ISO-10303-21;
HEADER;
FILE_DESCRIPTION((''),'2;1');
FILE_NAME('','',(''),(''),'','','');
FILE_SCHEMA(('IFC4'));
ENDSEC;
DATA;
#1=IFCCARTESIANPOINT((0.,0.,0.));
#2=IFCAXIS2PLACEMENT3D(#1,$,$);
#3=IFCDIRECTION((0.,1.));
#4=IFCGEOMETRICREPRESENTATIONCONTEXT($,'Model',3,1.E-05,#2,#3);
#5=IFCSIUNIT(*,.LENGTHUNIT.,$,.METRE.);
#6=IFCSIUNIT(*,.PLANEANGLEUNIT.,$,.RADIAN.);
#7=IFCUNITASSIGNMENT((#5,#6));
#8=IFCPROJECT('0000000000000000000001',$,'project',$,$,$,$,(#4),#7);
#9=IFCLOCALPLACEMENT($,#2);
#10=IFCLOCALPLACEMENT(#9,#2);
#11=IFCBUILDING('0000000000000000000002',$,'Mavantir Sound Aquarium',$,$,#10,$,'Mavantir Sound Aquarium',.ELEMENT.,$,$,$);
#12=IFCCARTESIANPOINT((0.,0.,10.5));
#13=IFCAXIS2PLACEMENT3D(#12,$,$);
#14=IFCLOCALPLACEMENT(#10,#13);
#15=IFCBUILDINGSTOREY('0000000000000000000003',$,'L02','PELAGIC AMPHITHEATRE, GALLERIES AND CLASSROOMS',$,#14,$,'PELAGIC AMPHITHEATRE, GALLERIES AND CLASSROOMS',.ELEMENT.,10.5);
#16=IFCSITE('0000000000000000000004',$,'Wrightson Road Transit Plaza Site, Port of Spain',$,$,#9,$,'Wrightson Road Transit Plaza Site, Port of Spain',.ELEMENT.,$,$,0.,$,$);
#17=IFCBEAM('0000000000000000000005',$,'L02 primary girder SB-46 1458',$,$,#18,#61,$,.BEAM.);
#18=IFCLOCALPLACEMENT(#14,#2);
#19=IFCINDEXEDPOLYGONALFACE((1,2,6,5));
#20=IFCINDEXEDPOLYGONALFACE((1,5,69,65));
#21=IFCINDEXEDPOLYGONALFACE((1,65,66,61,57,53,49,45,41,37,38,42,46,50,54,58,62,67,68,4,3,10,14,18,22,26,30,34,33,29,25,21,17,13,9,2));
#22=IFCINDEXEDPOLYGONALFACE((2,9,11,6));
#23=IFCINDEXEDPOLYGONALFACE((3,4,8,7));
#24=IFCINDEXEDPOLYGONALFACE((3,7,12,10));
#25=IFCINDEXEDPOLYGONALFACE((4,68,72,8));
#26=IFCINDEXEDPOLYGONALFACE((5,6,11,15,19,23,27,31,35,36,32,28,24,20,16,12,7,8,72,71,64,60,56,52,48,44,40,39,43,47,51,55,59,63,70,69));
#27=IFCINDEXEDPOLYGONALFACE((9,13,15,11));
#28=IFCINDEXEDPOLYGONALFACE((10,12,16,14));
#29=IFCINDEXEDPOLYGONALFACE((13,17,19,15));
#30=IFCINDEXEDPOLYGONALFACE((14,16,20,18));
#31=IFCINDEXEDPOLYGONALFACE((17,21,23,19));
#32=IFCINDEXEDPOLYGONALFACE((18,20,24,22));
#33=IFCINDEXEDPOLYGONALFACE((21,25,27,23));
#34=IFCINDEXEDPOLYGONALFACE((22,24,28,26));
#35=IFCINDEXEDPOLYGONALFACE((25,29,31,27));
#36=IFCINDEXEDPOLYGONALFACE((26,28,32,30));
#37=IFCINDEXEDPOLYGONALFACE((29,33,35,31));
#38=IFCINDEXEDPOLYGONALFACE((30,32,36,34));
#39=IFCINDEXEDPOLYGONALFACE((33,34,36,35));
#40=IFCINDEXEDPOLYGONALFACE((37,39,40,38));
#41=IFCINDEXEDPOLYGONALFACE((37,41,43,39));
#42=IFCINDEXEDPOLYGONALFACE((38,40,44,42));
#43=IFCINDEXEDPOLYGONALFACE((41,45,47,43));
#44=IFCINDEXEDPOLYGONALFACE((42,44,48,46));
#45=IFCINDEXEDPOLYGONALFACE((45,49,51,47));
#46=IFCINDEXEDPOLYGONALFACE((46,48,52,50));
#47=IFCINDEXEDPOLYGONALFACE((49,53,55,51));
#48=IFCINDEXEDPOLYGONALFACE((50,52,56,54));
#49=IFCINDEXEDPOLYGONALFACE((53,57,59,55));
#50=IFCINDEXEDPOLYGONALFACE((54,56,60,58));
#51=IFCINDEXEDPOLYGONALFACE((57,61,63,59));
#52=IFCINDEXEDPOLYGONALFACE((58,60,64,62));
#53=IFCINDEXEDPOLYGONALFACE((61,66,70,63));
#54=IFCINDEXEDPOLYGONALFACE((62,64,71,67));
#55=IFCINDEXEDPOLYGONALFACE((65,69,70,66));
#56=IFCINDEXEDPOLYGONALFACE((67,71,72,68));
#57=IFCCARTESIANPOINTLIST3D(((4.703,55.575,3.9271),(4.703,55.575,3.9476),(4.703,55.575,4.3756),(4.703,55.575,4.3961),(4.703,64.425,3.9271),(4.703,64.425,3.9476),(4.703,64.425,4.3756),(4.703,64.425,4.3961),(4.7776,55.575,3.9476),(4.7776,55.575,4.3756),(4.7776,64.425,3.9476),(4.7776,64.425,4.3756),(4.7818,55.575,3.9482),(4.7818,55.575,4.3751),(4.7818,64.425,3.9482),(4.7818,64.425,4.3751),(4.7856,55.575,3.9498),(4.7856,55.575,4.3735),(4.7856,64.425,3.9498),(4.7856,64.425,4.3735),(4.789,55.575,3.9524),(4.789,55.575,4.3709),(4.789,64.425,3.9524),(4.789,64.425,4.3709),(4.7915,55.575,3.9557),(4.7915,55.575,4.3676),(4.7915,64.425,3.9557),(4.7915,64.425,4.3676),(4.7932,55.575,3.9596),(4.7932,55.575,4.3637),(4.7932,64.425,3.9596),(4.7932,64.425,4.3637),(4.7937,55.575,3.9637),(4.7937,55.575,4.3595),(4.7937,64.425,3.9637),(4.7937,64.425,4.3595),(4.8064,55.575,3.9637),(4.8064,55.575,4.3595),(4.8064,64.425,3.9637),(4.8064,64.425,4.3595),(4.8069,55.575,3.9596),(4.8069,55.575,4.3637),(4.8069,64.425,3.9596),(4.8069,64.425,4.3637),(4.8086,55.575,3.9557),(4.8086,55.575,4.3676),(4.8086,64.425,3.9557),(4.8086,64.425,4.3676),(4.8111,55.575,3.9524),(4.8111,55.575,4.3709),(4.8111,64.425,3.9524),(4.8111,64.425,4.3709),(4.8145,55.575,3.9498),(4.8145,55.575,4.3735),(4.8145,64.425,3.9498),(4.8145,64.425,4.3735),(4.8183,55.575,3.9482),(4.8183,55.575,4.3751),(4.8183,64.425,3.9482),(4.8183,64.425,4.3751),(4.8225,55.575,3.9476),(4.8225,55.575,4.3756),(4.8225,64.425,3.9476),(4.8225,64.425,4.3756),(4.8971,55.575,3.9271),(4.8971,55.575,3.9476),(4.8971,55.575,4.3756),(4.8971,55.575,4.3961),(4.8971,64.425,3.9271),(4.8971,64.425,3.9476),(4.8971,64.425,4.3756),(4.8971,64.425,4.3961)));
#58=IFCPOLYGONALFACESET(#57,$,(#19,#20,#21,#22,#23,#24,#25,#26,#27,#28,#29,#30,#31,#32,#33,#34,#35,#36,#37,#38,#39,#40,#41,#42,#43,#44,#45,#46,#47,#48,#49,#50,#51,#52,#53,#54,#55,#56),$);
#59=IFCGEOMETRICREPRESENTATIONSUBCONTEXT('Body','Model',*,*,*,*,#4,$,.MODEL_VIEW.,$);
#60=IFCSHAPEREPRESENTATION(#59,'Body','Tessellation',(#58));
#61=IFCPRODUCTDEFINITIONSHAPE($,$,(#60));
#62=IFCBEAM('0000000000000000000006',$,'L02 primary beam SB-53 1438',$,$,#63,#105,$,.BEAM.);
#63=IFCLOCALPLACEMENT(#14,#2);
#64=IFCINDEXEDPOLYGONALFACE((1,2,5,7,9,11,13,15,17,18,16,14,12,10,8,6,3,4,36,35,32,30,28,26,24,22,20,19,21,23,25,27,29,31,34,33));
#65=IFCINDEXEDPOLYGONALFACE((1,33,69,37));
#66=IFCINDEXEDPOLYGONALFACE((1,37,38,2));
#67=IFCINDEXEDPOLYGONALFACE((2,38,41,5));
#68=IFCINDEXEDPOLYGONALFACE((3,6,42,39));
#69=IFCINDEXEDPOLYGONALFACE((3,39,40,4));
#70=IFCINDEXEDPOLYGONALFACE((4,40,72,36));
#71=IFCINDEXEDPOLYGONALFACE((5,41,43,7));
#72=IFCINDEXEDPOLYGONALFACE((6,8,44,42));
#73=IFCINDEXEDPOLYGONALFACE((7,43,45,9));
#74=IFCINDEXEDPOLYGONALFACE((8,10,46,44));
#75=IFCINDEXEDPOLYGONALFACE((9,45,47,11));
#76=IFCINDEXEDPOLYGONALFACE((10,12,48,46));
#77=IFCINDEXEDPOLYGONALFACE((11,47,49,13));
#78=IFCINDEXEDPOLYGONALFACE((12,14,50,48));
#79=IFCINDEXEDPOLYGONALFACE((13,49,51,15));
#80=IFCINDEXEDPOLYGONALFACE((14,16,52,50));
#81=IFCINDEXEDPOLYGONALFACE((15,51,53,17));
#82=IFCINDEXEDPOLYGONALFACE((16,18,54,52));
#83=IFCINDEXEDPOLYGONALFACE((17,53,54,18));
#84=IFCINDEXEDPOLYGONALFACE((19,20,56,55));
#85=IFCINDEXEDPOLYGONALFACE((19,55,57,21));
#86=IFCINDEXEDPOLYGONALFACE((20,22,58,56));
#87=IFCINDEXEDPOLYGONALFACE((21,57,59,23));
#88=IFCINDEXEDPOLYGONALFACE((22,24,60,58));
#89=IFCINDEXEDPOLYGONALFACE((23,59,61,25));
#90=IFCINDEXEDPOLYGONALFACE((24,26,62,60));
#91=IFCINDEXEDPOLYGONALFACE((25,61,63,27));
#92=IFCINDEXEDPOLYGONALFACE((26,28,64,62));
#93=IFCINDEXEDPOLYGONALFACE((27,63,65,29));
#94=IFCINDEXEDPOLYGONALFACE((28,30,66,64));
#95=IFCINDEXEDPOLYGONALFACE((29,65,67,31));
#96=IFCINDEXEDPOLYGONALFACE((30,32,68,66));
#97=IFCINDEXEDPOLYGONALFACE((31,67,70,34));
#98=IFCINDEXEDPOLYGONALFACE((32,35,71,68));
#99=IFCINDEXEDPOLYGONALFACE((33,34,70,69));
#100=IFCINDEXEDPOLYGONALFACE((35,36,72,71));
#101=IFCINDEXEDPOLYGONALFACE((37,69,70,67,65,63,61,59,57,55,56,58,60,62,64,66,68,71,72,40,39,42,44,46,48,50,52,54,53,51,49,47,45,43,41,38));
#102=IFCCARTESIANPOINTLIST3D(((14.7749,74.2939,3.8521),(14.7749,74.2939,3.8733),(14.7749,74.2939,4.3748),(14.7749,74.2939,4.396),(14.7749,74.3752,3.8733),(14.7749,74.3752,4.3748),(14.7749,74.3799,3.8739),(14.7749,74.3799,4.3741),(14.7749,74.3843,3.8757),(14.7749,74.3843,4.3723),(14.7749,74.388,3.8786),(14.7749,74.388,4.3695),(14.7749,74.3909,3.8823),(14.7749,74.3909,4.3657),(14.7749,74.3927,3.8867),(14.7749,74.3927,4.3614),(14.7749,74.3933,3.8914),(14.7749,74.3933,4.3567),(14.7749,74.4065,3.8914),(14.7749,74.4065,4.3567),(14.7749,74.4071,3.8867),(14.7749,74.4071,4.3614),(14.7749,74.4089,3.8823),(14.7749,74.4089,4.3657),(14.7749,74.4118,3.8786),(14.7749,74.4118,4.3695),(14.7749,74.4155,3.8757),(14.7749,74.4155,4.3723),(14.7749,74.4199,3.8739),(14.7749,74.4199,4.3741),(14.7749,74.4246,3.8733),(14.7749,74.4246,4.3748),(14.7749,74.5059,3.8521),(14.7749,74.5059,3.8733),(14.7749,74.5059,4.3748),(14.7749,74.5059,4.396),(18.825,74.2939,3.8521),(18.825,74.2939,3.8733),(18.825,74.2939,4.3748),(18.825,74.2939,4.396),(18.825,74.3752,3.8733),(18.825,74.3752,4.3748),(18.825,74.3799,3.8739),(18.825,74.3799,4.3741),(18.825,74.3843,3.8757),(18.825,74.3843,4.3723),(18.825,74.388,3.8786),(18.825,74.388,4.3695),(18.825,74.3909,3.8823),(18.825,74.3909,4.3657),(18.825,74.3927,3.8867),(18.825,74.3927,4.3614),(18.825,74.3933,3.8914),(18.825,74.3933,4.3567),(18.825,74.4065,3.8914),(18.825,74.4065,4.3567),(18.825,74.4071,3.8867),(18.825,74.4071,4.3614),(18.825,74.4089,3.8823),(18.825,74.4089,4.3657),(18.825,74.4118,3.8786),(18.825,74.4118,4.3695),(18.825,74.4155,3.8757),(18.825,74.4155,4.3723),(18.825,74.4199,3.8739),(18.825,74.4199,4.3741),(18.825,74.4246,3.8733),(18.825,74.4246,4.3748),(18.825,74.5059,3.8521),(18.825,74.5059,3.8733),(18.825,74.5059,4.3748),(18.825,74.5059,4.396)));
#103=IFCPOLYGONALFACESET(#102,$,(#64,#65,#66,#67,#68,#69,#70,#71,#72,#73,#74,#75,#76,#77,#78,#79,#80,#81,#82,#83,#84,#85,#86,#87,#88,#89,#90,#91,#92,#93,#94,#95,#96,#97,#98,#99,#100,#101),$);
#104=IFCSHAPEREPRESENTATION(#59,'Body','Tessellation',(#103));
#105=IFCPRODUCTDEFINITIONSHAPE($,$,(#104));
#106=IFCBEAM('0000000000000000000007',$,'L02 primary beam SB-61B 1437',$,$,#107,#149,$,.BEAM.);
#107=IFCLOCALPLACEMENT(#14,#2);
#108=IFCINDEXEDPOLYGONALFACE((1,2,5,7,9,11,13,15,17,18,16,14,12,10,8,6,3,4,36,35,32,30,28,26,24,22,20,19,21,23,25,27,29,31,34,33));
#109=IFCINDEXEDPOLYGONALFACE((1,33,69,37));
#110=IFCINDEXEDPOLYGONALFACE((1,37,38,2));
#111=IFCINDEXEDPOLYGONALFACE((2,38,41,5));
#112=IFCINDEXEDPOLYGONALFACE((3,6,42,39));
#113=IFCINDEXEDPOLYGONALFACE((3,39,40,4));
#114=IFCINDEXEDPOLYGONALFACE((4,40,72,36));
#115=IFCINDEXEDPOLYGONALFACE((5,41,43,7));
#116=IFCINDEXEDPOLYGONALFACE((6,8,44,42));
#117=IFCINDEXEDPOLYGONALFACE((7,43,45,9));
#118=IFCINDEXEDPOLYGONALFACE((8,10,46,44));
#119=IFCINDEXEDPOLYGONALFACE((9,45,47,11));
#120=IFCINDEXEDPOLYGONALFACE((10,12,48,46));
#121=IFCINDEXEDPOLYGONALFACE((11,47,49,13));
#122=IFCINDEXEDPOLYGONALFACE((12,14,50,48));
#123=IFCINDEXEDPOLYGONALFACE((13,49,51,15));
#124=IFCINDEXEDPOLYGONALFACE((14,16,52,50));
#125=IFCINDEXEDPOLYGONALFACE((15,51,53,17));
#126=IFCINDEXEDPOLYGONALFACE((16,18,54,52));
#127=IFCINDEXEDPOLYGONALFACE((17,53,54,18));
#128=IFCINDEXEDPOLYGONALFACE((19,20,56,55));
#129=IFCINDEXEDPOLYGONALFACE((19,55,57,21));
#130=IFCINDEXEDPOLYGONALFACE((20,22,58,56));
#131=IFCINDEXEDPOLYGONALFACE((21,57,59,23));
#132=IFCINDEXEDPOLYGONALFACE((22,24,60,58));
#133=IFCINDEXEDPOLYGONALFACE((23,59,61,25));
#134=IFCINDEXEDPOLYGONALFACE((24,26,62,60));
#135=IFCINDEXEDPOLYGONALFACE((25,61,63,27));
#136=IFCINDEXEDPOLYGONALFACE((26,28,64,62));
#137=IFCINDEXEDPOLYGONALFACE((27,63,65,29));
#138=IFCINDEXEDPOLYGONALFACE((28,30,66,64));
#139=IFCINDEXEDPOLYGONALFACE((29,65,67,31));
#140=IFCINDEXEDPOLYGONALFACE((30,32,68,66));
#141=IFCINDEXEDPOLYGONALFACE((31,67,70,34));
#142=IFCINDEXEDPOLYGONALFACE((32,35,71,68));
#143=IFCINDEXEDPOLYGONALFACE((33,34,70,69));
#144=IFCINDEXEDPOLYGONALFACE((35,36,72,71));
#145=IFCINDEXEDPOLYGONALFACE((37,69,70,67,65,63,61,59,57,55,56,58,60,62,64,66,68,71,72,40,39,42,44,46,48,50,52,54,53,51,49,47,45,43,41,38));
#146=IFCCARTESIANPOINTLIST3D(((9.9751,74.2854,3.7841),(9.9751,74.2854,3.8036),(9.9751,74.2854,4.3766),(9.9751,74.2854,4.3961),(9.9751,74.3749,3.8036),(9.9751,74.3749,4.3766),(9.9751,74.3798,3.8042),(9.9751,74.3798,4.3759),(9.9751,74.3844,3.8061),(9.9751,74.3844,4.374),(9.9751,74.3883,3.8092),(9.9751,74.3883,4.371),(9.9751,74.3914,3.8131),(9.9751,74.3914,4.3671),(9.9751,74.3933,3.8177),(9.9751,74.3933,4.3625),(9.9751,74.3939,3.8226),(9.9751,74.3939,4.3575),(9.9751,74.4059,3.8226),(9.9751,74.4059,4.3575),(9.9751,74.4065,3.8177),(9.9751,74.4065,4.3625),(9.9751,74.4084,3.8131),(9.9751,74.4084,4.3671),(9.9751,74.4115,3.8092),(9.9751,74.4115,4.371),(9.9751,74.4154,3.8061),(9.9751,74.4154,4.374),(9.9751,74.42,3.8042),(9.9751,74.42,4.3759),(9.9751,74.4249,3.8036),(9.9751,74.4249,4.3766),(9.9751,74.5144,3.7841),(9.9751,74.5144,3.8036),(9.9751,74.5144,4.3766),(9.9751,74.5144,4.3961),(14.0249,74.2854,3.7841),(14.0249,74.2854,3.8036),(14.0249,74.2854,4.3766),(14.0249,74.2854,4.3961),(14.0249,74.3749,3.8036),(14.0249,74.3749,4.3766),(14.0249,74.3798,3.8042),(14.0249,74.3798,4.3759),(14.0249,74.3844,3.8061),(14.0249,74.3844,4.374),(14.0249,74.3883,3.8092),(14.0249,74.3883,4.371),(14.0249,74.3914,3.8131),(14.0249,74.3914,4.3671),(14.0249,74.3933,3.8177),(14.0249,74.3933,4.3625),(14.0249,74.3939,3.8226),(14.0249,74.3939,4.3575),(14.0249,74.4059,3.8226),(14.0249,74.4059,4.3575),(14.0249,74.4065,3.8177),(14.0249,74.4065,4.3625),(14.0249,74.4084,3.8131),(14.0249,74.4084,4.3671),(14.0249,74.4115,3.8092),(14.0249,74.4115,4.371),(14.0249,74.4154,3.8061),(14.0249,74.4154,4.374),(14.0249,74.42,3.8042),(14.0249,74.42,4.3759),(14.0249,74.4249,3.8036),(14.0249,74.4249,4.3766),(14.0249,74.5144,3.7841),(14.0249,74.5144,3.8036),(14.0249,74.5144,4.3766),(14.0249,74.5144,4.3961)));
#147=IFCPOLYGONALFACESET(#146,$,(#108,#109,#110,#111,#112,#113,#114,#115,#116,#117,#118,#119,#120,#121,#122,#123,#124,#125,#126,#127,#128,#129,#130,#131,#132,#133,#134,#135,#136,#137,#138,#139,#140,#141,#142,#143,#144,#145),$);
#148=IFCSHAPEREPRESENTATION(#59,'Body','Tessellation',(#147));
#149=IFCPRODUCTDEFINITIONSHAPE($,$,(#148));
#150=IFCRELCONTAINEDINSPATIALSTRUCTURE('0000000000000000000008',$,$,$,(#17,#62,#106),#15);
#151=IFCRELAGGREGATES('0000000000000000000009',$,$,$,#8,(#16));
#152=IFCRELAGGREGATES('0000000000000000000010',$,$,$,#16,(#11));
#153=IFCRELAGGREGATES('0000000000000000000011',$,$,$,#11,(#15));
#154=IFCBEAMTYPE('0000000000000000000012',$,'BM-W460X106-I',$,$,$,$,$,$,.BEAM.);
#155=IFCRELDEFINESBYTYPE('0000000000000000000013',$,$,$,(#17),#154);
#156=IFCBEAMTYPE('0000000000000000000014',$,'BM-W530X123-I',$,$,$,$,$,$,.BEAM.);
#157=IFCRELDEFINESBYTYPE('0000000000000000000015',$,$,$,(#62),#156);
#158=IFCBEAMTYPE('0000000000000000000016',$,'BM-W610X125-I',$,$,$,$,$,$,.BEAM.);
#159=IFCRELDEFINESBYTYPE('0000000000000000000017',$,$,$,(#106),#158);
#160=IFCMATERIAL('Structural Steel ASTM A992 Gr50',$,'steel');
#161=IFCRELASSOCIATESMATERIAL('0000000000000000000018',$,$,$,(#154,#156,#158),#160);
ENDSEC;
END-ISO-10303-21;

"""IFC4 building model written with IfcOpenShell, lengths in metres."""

from ifc_helpers import new_model, si_unit, direction, frame, origin, origin_2d, place, context, subcontext, project, spatial, i_section, extrude, material, material_profile, profile_set, type_object, element, save


model = new_model("IFC4")

# Units and contexts
model_context = context("Model", 3, precision=1e-05, world=origin(), true_north=direction((0.0, 1.0)))
body_context = subcontext(model_context, "Body", "Model", "MODEL_VIEW")
ifc_project = project(units=[si_unit("LENGTHUNIT", "METRE"), si_unit("PLANEANGLEUNIT", "RADIAN")], contexts=[model_context])

# Site, building, storey
site_placement = place(None, origin())
site = spatial("IfcSite", under=ifc_project, at=site_placement, Name="Wrightson Road Transit Plaza Site, Port of Spain", LongName="Wrightson Road Transit Plaza Site, Port of Spain", CompositionType="ELEMENT", RefElevation=0.0)
building_placement = place(site_placement, origin())
building = spatial("IfcBuilding", under=site, at=building_placement, Name="Mavantir Sound Aquarium", LongName="Mavantir Sound Aquarium", CompositionType="ELEMENT")
storey_placement = place(building_placement, frame((0.0, 0.0, 10.5)))
storey = spatial("IfcBuildingStorey", under=building, at=storey_placement, Name="L02", Description="PELAGIC AMPHITHEATRE, GALLERIES AND CLASSROOMS", LongName="PELAGIC AMPHITHEATRE, GALLERIES AND CLASSROOMS", CompositionType="ELEMENT", Elevation=10.5)

# Beams
ifc_material_1 = material(Name="Structural Steel ASTM A992 Gr50", Category="steel")
ifc_material_profile_1 = material_profile(ifc_material_1, i_section(OverallWidth=0.1941, OverallDepth=0.469, WebThickness=0.0127, FlangeThickness=0.0205, FilletRadius=0.0161, at=origin_2d()), Name="W460X106")
ifc_profile_set_1 = profile_set([ifc_material_profile_1], Name="Structural Steel ASTM A992 Gr50")
beam_type_1 = type_object("IfcBeamType", Name="BM-W460X106-I", PredefinedType="BEAM", material=ifc_profile_set_1)
beam_1_placement = place(storey_placement, frame((4.8, 55.575, 4.1616), z_axis=(0.0, 1.0, 0.0), x_axis=(-1.0, 0.0, 0.0)))
element("IfcBeam", 1, at=beam_1_placement, inside=storey, type_object=beam_type_1, Name="L02 primary girder SB-46 1458", PredefinedType="BEAM", context=body_context, shape_type="SweptSolid", body=[
    extrude(i_section(OverallWidth=0.1941, OverallDepth=0.469, WebThickness=0.0127, FlangeThickness=0.0205, FilletRadius=0.0161, at=origin_2d()), origin(), (0.0, 0.0, 1.0), 8.8501),
])
ifc_material_profile_2 = material_profile(ifc_material_1, i_section(OverallWidth=0.2119, OverallDepth=0.5439, WebThickness=0.0132, FlangeThickness=0.0212, FilletRadius=0.0181, at=origin_2d()), Name="W530X123")
ifc_profile_set_2 = profile_set([ifc_material_profile_2], Name="Structural Steel ASTM A992 Gr50")
beam_type_2 = type_object("IfcBeamType", Name="BM-W530X123-I", PredefinedType="BEAM", material=ifc_profile_set_2)
beam_2_placement = place(storey_placement, frame((14.7749, 74.3999, 4.124), z_axis=(1.0, 0.0, 0.0), x_axis=(0.0, 1.0, 0.0)))
element("IfcBeam", 2, at=beam_2_placement, inside=storey, type_object=beam_type_2, Name="L02 primary beam SB-53 1438", PredefinedType="BEAM", context=body_context, shape_type="SweptSolid", body=[
    extrude(i_section(OverallWidth=0.2119, OverallDepth=0.5439, WebThickness=0.0132, FlangeThickness=0.0212, FilletRadius=0.0181, at=origin_2d()), origin(), (0.0, 0.0, 1.0), 4.05),
])
ifc_material_profile_3 = material_profile(ifc_material_1, i_section(OverallWidth=0.229, OverallDepth=0.6121, WebThickness=0.012, FlangeThickness=0.0195, FilletRadius=0.019, at=origin_2d()), Name="W610X125")
ifc_profile_set_3 = profile_set([ifc_material_profile_3], Name="Structural Steel ASTM A992 Gr50")
beam_type_3 = type_object("IfcBeamType", Name="BM-W610X125-I", PredefinedType="BEAM", material=ifc_profile_set_3)
beam_3_placement = place(storey_placement, frame((9.9751, 74.3999, 4.0901), z_axis=(1.0, 0.0, 0.0), x_axis=(0.0, 1.0, 0.0)))
element("IfcBeam", 3, at=beam_3_placement, inside=storey, type_object=beam_type_3, Name="L02 primary beam SB-61B 1437", PredefinedType="BEAM", context=body_context, shape_type="SweptSolid", body=[
    extrude(i_section(OverallWidth=0.229, OverallDepth=0.6121, WebThickness=0.012, FlangeThickness=0.0195, FilletRadius=0.019, at=origin_2d()), origin(), (0.0, 0.0, 1.0), 4.0498),
])

save(model, "model.ifc")
